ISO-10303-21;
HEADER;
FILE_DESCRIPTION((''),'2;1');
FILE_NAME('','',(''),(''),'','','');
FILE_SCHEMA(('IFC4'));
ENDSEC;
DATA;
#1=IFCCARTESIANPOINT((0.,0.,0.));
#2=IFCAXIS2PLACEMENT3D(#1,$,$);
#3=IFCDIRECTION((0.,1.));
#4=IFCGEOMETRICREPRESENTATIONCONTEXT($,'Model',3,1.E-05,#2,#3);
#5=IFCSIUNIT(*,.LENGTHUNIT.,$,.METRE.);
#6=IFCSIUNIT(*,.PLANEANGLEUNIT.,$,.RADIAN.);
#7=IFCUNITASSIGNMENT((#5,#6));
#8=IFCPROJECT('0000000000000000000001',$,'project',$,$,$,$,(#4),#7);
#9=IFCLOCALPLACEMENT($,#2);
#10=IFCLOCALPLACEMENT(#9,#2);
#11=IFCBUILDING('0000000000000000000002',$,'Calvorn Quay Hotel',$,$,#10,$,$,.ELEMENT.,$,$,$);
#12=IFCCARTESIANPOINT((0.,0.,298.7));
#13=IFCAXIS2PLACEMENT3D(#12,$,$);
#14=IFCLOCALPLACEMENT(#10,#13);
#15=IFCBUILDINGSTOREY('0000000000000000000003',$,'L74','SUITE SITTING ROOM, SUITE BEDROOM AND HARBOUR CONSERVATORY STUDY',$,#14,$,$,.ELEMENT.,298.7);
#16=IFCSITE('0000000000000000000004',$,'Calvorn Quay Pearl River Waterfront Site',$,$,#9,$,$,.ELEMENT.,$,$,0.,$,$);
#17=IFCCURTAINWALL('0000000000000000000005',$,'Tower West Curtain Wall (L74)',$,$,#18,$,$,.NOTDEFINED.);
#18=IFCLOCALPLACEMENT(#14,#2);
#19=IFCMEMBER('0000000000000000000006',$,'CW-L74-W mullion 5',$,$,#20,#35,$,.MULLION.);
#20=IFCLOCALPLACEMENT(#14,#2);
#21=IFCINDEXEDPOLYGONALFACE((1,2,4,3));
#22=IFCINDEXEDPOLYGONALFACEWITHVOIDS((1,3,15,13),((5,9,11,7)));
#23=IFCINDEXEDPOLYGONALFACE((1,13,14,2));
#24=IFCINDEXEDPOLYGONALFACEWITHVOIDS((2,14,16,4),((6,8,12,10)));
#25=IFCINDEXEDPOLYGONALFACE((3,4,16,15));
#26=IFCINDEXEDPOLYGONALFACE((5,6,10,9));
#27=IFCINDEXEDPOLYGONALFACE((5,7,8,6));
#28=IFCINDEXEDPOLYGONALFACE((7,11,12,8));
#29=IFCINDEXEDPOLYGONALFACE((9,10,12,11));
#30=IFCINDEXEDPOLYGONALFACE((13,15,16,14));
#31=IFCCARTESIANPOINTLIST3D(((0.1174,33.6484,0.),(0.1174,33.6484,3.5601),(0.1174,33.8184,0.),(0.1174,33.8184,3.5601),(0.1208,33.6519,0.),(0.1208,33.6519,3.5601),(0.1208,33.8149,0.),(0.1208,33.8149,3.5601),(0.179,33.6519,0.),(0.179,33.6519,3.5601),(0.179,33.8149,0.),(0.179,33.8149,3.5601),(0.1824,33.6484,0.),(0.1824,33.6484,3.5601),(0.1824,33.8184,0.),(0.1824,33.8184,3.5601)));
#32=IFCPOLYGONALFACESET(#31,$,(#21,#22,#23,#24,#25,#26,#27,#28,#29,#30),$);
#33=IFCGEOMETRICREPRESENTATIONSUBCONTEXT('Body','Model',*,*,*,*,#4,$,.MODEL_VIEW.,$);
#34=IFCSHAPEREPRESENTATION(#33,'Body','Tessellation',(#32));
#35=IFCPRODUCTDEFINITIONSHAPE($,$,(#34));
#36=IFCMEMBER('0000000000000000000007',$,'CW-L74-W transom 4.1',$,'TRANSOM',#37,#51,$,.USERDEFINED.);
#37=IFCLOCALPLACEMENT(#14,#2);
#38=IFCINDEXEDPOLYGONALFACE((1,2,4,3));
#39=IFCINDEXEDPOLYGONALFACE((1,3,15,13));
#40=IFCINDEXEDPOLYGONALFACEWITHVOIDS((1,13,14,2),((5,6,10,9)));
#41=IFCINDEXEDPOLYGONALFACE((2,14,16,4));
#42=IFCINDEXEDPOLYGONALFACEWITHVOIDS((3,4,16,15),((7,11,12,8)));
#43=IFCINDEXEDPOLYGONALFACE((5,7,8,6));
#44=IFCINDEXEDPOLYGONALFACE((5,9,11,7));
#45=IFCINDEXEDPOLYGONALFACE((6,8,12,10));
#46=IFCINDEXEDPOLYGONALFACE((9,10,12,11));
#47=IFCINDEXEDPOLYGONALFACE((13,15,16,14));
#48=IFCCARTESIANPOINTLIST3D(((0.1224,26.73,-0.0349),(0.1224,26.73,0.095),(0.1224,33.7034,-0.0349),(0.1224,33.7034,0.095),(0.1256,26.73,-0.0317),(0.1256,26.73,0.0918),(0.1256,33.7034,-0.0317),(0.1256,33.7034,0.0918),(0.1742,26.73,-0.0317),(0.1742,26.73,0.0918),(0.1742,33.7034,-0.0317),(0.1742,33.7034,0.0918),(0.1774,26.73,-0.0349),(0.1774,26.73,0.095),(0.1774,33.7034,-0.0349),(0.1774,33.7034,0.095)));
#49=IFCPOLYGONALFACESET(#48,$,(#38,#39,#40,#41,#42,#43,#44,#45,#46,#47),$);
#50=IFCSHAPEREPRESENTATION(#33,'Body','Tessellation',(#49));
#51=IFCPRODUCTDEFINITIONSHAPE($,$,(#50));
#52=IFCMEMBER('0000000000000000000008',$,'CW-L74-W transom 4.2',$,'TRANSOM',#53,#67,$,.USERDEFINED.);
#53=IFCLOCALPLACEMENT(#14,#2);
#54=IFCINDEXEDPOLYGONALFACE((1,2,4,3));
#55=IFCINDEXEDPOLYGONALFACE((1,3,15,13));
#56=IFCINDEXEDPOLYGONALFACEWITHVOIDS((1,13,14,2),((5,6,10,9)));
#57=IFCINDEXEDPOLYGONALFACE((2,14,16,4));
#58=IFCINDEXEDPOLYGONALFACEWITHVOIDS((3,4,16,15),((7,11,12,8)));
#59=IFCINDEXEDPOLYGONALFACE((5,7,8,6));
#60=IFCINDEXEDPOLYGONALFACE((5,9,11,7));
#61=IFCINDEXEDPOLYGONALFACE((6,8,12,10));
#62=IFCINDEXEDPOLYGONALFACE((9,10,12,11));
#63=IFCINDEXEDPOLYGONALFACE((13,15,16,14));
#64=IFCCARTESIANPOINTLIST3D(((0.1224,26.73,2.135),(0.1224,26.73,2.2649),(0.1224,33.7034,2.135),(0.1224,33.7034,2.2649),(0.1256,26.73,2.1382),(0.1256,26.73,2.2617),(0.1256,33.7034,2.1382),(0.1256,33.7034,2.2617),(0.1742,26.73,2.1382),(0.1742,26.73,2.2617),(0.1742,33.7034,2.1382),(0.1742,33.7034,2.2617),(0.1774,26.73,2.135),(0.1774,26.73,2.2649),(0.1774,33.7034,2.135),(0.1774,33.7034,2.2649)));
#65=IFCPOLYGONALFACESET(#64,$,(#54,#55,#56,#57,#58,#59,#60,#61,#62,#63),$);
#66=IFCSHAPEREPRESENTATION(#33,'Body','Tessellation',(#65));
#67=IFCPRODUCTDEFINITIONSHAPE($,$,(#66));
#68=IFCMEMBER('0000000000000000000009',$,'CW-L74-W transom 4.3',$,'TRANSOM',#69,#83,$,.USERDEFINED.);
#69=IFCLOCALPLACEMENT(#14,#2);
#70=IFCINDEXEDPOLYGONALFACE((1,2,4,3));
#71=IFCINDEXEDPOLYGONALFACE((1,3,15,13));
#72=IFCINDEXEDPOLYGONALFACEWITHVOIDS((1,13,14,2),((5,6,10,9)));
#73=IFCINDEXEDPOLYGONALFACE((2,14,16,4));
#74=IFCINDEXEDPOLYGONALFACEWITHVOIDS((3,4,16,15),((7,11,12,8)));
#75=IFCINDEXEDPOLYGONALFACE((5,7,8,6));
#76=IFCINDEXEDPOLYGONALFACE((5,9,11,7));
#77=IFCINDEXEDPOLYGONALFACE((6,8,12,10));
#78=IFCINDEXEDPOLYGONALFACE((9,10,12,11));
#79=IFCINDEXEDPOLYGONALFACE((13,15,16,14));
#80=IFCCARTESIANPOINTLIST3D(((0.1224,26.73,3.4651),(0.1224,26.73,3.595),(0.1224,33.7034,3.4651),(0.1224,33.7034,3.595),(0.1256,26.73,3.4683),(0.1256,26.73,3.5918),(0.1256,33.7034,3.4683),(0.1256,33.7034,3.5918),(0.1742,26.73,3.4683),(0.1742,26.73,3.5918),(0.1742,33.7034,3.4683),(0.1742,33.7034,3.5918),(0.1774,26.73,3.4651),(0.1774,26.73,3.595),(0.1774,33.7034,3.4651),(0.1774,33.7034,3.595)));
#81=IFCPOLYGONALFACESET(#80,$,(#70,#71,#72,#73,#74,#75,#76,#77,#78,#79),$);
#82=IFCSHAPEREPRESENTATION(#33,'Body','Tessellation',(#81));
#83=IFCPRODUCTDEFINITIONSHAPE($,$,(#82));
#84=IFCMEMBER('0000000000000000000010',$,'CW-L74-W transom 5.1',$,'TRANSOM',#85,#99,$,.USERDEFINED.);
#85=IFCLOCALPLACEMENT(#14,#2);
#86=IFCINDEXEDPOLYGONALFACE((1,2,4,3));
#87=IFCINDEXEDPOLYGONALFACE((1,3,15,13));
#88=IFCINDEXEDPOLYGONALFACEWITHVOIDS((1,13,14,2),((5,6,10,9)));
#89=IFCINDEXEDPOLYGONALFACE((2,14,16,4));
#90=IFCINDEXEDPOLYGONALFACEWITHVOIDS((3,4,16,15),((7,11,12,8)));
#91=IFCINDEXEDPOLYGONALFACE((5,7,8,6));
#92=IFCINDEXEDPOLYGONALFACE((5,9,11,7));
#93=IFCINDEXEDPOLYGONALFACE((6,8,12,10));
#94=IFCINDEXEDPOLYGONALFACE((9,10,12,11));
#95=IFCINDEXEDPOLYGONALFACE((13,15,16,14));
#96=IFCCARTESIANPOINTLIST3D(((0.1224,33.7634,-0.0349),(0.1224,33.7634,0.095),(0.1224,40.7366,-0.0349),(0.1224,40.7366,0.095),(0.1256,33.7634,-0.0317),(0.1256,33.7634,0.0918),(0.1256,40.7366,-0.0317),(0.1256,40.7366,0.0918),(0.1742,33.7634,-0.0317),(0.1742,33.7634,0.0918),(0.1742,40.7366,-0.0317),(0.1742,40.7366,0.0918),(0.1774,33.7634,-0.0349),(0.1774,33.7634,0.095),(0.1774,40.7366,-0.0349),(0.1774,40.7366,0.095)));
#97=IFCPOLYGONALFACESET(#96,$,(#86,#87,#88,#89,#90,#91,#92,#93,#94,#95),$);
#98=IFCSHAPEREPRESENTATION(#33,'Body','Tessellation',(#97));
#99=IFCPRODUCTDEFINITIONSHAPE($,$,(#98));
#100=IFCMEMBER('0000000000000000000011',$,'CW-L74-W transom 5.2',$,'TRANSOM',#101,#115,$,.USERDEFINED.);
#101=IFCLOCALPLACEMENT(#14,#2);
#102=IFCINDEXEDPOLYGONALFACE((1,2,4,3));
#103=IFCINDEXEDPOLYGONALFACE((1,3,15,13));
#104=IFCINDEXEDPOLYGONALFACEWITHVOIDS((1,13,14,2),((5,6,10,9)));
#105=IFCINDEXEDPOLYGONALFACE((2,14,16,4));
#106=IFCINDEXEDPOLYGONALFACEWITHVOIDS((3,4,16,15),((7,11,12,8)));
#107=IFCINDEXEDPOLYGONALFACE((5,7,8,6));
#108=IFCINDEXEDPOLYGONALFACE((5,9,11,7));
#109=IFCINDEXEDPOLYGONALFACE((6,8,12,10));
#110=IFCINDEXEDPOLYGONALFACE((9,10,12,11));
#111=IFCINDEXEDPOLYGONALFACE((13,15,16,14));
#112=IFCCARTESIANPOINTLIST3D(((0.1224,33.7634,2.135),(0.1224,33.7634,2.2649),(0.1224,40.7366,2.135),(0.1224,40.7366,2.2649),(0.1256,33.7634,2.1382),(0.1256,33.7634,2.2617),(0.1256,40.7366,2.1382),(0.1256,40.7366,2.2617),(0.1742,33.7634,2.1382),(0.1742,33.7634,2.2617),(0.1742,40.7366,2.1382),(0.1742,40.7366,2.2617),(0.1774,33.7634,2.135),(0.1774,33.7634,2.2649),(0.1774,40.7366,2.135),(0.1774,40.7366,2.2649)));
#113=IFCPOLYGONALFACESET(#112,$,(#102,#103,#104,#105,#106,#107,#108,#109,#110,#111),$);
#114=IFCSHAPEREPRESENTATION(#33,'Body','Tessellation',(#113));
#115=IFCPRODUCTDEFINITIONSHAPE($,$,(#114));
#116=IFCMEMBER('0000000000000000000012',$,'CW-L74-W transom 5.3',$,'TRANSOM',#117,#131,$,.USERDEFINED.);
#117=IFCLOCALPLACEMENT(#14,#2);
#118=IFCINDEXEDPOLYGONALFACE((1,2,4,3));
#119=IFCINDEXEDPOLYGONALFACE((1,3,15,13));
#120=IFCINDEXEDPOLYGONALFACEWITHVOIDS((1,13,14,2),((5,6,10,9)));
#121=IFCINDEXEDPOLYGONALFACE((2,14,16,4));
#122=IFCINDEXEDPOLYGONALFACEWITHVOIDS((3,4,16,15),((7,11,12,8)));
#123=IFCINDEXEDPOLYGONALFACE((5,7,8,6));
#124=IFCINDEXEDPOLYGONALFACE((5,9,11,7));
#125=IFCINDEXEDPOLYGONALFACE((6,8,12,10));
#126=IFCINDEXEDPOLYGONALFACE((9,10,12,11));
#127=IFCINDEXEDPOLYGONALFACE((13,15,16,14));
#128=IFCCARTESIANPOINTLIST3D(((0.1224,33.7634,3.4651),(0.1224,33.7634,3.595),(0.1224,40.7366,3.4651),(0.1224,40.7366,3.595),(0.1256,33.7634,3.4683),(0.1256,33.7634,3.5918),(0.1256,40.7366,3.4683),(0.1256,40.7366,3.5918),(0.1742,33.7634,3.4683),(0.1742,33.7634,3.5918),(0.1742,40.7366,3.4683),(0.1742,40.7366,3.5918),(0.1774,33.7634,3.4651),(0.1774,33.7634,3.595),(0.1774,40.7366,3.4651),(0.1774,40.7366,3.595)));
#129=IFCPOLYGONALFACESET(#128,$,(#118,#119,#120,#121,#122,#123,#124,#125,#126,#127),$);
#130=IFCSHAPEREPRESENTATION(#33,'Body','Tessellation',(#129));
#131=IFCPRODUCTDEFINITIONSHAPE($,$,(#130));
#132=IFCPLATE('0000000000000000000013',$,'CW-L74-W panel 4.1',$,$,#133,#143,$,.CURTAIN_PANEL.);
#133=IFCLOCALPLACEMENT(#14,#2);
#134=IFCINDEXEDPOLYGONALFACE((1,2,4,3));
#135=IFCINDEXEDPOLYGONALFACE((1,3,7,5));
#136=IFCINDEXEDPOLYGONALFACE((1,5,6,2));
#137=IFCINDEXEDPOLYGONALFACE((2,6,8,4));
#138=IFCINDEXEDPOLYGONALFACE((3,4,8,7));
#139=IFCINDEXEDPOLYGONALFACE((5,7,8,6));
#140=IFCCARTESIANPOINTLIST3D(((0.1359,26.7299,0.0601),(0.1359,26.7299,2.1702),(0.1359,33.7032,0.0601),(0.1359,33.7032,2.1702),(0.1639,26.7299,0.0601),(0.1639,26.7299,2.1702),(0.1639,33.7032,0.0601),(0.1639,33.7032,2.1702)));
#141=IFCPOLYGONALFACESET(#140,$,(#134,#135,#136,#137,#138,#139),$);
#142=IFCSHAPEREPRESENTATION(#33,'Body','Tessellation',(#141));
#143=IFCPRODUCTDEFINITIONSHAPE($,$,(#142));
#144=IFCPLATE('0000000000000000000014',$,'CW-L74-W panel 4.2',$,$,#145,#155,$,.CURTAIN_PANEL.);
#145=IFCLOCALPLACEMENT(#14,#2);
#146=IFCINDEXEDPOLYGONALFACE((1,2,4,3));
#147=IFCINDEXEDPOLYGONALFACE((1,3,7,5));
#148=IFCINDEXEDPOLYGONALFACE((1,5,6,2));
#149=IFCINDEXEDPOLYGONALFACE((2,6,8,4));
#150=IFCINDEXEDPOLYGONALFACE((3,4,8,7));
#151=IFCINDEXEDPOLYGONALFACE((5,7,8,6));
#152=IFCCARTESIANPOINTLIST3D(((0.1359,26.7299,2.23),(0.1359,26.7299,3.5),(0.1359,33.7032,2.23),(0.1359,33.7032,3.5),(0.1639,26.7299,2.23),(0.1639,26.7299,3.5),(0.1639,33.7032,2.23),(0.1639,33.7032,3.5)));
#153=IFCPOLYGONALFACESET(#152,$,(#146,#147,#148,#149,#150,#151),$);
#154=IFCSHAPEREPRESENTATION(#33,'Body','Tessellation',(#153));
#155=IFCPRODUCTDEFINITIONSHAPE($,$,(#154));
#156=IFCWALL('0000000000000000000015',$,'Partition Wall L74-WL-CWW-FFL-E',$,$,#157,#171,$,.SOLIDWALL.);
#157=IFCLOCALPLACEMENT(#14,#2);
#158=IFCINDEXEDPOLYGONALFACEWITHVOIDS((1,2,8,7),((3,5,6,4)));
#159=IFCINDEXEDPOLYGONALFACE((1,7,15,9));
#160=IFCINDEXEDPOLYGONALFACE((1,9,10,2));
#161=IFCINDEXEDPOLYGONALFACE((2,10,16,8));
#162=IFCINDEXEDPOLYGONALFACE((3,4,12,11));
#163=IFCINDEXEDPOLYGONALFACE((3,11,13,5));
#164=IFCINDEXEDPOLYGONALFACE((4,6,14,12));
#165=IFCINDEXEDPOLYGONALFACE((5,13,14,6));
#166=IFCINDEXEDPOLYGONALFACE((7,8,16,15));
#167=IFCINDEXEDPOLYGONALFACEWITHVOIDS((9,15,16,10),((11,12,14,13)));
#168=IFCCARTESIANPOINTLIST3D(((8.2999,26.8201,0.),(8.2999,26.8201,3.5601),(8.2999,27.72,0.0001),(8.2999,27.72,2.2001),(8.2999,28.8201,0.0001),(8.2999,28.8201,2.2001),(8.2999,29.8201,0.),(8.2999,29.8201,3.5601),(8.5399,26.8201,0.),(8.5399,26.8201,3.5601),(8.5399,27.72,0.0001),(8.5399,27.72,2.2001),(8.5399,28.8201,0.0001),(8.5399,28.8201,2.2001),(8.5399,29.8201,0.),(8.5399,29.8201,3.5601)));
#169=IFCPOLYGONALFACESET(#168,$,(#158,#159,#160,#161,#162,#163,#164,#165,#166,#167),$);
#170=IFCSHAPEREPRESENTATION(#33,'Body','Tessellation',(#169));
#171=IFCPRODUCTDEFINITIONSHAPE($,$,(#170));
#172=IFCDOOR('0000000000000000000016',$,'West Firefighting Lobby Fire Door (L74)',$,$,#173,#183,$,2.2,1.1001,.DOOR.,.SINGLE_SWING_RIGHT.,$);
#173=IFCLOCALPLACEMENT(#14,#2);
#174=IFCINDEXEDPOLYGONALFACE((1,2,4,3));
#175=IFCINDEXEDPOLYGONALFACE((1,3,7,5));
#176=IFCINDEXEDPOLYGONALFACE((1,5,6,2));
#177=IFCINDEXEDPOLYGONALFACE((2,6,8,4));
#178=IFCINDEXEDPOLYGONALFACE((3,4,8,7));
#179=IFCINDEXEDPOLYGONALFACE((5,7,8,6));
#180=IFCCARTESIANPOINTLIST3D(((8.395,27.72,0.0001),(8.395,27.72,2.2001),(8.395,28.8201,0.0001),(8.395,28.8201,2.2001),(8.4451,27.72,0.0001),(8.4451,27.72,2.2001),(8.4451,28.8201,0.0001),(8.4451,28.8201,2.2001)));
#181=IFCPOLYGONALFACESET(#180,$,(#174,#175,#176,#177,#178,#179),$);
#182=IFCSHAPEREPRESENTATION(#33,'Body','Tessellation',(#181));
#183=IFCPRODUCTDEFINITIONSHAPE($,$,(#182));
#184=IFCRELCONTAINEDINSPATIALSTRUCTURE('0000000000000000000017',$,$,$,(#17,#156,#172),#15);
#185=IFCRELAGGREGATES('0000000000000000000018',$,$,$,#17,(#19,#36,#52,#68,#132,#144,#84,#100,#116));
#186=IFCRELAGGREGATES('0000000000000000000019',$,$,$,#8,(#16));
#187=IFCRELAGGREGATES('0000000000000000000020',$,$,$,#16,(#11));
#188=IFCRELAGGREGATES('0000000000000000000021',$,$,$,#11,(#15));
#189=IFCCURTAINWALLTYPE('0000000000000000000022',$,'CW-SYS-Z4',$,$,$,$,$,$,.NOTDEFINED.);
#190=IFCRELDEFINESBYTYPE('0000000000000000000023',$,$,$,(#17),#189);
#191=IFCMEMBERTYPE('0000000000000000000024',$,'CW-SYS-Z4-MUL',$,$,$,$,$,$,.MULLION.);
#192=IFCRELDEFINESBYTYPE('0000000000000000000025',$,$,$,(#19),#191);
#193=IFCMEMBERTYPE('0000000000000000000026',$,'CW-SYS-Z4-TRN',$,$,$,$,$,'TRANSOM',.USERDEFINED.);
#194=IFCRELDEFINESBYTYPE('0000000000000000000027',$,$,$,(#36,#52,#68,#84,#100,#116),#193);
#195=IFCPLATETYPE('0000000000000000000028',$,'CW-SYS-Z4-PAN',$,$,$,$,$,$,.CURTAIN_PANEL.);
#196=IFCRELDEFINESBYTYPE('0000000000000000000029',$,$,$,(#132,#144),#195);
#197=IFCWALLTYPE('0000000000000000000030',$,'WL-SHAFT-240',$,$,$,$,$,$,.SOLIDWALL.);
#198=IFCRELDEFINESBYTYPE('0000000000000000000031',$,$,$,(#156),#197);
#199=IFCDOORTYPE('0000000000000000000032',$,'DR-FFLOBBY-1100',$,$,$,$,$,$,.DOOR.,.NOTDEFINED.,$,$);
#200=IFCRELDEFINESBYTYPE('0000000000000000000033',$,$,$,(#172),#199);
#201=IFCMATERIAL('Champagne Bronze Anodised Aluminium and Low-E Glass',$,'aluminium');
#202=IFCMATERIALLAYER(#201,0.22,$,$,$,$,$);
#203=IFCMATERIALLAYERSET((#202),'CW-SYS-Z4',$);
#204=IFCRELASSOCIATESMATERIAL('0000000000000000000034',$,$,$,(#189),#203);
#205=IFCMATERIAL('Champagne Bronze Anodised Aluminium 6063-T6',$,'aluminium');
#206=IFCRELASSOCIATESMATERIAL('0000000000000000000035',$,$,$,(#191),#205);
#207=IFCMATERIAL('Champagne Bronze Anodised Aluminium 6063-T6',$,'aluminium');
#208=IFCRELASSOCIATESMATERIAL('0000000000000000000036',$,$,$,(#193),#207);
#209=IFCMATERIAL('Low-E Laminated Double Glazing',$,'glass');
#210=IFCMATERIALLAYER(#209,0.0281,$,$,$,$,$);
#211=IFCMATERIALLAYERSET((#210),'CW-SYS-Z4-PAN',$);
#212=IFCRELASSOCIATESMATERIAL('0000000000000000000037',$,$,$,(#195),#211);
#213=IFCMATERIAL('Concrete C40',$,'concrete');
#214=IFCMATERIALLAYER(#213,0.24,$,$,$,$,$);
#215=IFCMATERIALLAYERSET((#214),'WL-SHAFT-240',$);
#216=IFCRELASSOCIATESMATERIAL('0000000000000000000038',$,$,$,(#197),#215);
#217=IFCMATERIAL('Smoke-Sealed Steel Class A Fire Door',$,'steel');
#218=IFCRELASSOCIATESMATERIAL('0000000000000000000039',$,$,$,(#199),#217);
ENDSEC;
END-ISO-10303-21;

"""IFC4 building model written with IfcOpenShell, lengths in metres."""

from ifc_helpers import new_model, si_unit, direction, frame, frame_2d, origin, origin_2d, place, context, subcontext, project, spatial, rectangle, hollow_rectangle, extrude, material, layer, layer_set, material_profile, profile_set, type_object, element, fill, aggregate, save


model = new_model("IFC4")

# Units and contexts
model_context = context("Model", 3, precision=1e-05, world=origin(), true_north=direction((0.0, 1.0)))
body_context = subcontext(model_context, "Body", "Model", "MODEL_VIEW")
ifc_project = project(units=[si_unit("LENGTHUNIT", "METRE"), si_unit("PLANEANGLEUNIT", "RADIAN")], contexts=[model_context])

# Site, building, storey
site_placement = place(None, origin())
site = spatial("IfcSite", under=ifc_project, at=site_placement, Name="Calvorn Quay Pearl River Waterfront Site", CompositionType="ELEMENT", RefElevation=0.0)
building_placement = place(site_placement, origin())
building = spatial("IfcBuilding", under=site, at=building_placement, Name="Calvorn Quay Hotel", CompositionType="ELEMENT")
storey_placement = place(building_placement, frame((0.0, 0.0, 298.7)))
storey = spatial("IfcBuildingStorey", under=building, at=storey_placement, Name="L74", Description="SUITE SITTING ROOM, SUITE BEDROOM AND HARBOUR CONSERVATORY STUDY", CompositionType="ELEMENT", Elevation=298.7)

# Curtain wall, members, plates
ifc_material_1 = material(Name="Champagne Bronze Anodised Aluminium and Low-E Glass", Category="aluminium")
ifc_layer_1 = layer(ifc_material_1, 0.22)
ifc_layer_set_1 = layer_set([ifc_layer_1], Name="CW-SYS-Z4")
curtain_wall_type = type_object("IfcCurtainWallType", Name="CW-SYS-Z4", PredefinedType="NOTDEFINED", material=ifc_layer_set_1)
curtain_wall_placement = place(storey_placement, origin())
curtain_wall = element("IfcCurtainWall", 1, at=curtain_wall_placement, inside=storey, type_object=curtain_wall_type, Name="Tower West Curtain Wall (L74)", PredefinedType="NOTDEFINED")
ifc_material_2 = material(Name="Champagne Bronze Anodised Aluminium 6063-T6", Category="aluminium")
ifc_material_profile_1 = material_profile(ifc_material_2, hollow_rectangle(XDim=0.0649, YDim=0.1699, WallThickness=0.0034, at=origin_2d()), Name="ALU-M170x65x3.5")
ifc_profile_set_1 = profile_set([ifc_material_profile_1], Name="Champagne Bronze Anodised Aluminium 6063-T6")
member_type_1 = type_object("IfcMemberType", Name="CW-SYS-Z4-MUL", PredefinedType="MULLION", material=ifc_profile_set_1)
member_1_placement = place(storey_placement, frame((0.1499, 33.7334, 0.0), z_axis=(0.0, 0.0, 1.0), x_axis=(-1.0, 0.0, 0.0)))
member_1 = element("IfcMember", 2, at=member_1_placement, type_object=member_type_1, Name="CW-L74-W mullion 5", PredefinedType="MULLION", context=body_context, shape_type="SweptSolid", body=[
    extrude(hollow_rectangle(XDim=0.0649, YDim=0.1699, WallThickness=0.0034, at=origin_2d()), origin(), (0.0, 0.0, 1.0), 3.5601),
])
ifc_material_3 = material(Name="Champagne Bronze Anodised Aluminium 6063-T6", Category="aluminium")
ifc_material_profile_2 = material_profile(ifc_material_3, hollow_rectangle(XDim=0.0549, YDim=0.1299, WallThickness=0.0032, at=origin_2d()), Name="ALU-T130x55x3.2")
ifc_profile_set_2 = profile_set([ifc_material_profile_2], Name="Champagne Bronze Anodised Aluminium 6063-T6")
member_type_2 = type_object("IfcMemberType", Name="CW-SYS-Z4-TRN", ElementType="TRANSOM", PredefinedType="USERDEFINED", material=ifc_profile_set_2)
member_2_placement = place(storey_placement, frame((0.1499, 26.73, 0.03), z_axis=(0.0, 1.0, 0.0), x_axis=(-1.0, 0.0, 0.0)))
member_2 = element("IfcMember", 3, at=member_2_placement, type_object=member_type_2, Name="CW-L74-W transom 4.1", ObjectType="TRANSOM", PredefinedType="USERDEFINED", context=body_context, shape_type="SweptSolid", body=[
    extrude(hollow_rectangle(XDim=0.0549, YDim=0.1299, WallThickness=0.0032, at=origin_2d()), origin(), (0.0, 0.0, 1.0), 6.9734),
])
member_3_placement = place(storey_placement, frame((0.1499, 26.73, 2.2), z_axis=(0.0, 1.0, 0.0), x_axis=(-1.0, 0.0, 0.0)))
member_3 = element("IfcMember", 4, at=member_3_placement, type_object=member_type_2, Name="CW-L74-W transom 4.2", ObjectType="TRANSOM", PredefinedType="USERDEFINED", context=body_context, shape_type="SweptSolid", body=[
    extrude(hollow_rectangle(XDim=0.0549, YDim=0.1299, WallThickness=0.0032, at=origin_2d()), origin(), (0.0, 0.0, 1.0), 6.9734),
])
member_4_placement = place(storey_placement, frame((0.1499, 26.73, 3.53), z_axis=(0.0, 1.0, 0.0), x_axis=(-1.0, 0.0, 0.0)))
member_4 = element("IfcMember", 5, at=member_4_placement, type_object=member_type_2, Name="CW-L74-W transom 4.3", ObjectType="TRANSOM", PredefinedType="USERDEFINED", context=body_context, shape_type="SweptSolid", body=[
    extrude(hollow_rectangle(XDim=0.0549, YDim=0.1299, WallThickness=0.0032, at=origin_2d()), origin(), (0.0, 0.0, 1.0), 6.9734),
])
member_5_placement = place(storey_placement, frame((0.1499, 33.7634, 0.03), z_axis=(0.0, 1.0, 0.0), x_axis=(-1.0, 0.0, 0.0)))
member_5 = element("IfcMember", 6, at=member_5_placement, type_object=member_type_2, Name="CW-L74-W transom 5.1", ObjectType="TRANSOM", PredefinedType="USERDEFINED", context=body_context, shape_type="SweptSolid", body=[
    extrude(hollow_rectangle(XDim=0.0549, YDim=0.1299, WallThickness=0.0032, at=origin_2d()), origin(), (0.0, 0.0, 1.0), 6.9731),
])
member_6_placement = place(storey_placement, frame((0.1499, 33.7634, 2.2), z_axis=(0.0, 1.0, 0.0), x_axis=(-1.0, 0.0, 0.0)))
member_6 = element("IfcMember", 7, at=member_6_placement, type_object=member_type_2, Name="CW-L74-W transom 5.2", ObjectType="TRANSOM", PredefinedType="USERDEFINED", context=body_context, shape_type="SweptSolid", body=[
    extrude(hollow_rectangle(XDim=0.0549, YDim=0.1299, WallThickness=0.0032, at=origin_2d()), origin(), (0.0, 0.0, 1.0), 6.9731),
])
member_7_placement = place(storey_placement, frame((0.1499, 33.7634, 3.53), z_axis=(0.0, 1.0, 0.0), x_axis=(-1.0, 0.0, 0.0)))
member_7 = element("IfcMember", 8, at=member_7_placement, type_object=member_type_2, Name="CW-L74-W transom 5.3", ObjectType="TRANSOM", PredefinedType="USERDEFINED", context=body_context, shape_type="SweptSolid", body=[
    extrude(hollow_rectangle(XDim=0.0549, YDim=0.1299, WallThickness=0.0032, at=origin_2d()), origin(), (0.0, 0.0, 1.0), 6.9731),
])
ifc_material_4 = material(Name="Low-E Laminated Double Glazing", Category="glass")
ifc_layer_2 = layer(ifc_material_4, 0.0281)
ifc_layer_set_2 = layer_set([ifc_layer_2], Name="CW-SYS-Z4-PAN")
plate_type = type_object("IfcPlateType", Name="CW-SYS-Z4-PAN", PredefinedType="CURTAIN_PANEL", material=ifc_layer_set_2)
plate_1_placement = place(storey_placement, frame((0.1499, 30.2166, 0.0601), z_axis=(0.0, 0.0, 1.0), x_axis=(0.0, 1.0, 0.0)))
plate_1 = element("IfcPlate", 9, at=plate_1_placement, type_object=plate_type, Name="CW-L74-W panel 4.1", PredefinedType="CURTAIN_PANEL", context=body_context, shape_type="SweptSolid", body=[
    extrude(rectangle(XDim=6.9734, YDim=0.0281, at=origin_2d()), origin(), (0.0, 0.0, 1.0), 2.1101),
])
plate_2_placement = place(storey_placement, frame((0.1499, 30.2166, 2.23), z_axis=(0.0, 0.0, 1.0), x_axis=(0.0, 1.0, 0.0)))
plate_2 = element("IfcPlate", 10, at=plate_2_placement, type_object=plate_type, Name="CW-L74-W panel 4.2", PredefinedType="CURTAIN_PANEL", context=body_context, shape_type="SweptSolid", body=[
    extrude(rectangle(XDim=6.9734, YDim=0.0281, at=origin_2d()), origin(), (0.0, 0.0, 1.0), 1.27),
])
aggregate(curtain_wall, [member_1, member_2, member_3, member_4, plate_1, plate_2, member_5, member_6, member_7])

# Wall, opening, door
ifc_material_5 = material(Name="Concrete C40", Category="concrete")
ifc_layer_3 = layer(ifc_material_5, 0.24)
ifc_layer_set_3 = layer_set([ifc_layer_3], Name="WL-SHAFT-240")
wall_type = type_object("IfcWallType", Name="WL-SHAFT-240", PredefinedType="SOLIDWALL", material=ifc_layer_set_3)
wall_1_placement = place(storey_placement, frame((8.4199, 26.8201, 0.0), z_axis=(0.0, 0.0, 1.0), x_axis=(0.0, 1.0, 0.0)))
wall_1 = element("IfcWall", 11, at=wall_1_placement, inside=storey, type_object=wall_type, Name="Partition Wall L74-WL-CWW-FFL-E", PredefinedType="SOLIDWALL", context=body_context, shape_type="SweptSolid", body=[
    extrude(rectangle(XDim=3.0, YDim=0.24, at=frame_2d((1.5, 0.0))), origin(), (0.0, 0.0, 1.0), 3.5601),
])
opening_1_placement = place(wall_1_placement, frame((0.8999, 0.0, 0.0)))
opening_1 = element("IfcOpeningElement", 12, at=opening_1_placement, cuts=wall_1, PredefinedType="OPENING", context=body_context, shape_type="SweptSolid", body=[
    extrude(rectangle(XDim=1.1001, YDim=2.2, at=frame_2d((0.55, 1.1001))), frame((0.0, 0.1299, 0.0), z_axis=(0.0, -1.0, 0.0), x_axis=(1.0, 0.0, 0.0)), (0.0, 0.0, 1.0), 0.26),
])
ifc_material_6 = material(Name="Smoke-Sealed Steel Class A Fire Door", Category="steel")
door_type_1 = type_object("IfcDoorType", Name="DR-FFLOBBY-1100", OperationType="NOTDEFINED", PredefinedType="DOOR", material=ifc_material_6)
door_1_placement = place(opening_1_placement, origin())
door_1 = element("IfcDoor", 13, at=door_1_placement, inside=storey, type_object=door_type_1, Name="West Firefighting Lobby Fire Door (L74)", OperationType="SINGLE_SWING_RIGHT", OverallHeight=2.2, OverallWidth=1.1001, PredefinedType="DOOR", context=body_context, shape_type="SweptSolid", body=[
    extrude(rectangle(XDim=1.1001, YDim=2.2, at=frame_2d((0.55, 1.1001))), frame((0.0, 0.0249, 0.0), z_axis=(0.0, -1.0, 0.0), x_axis=(1.0, 0.0, 0.0)), (0.0, 0.0, 1.0), 0.05),
])
fill(opening_1, door_1)

save(model, "model.ifc")
